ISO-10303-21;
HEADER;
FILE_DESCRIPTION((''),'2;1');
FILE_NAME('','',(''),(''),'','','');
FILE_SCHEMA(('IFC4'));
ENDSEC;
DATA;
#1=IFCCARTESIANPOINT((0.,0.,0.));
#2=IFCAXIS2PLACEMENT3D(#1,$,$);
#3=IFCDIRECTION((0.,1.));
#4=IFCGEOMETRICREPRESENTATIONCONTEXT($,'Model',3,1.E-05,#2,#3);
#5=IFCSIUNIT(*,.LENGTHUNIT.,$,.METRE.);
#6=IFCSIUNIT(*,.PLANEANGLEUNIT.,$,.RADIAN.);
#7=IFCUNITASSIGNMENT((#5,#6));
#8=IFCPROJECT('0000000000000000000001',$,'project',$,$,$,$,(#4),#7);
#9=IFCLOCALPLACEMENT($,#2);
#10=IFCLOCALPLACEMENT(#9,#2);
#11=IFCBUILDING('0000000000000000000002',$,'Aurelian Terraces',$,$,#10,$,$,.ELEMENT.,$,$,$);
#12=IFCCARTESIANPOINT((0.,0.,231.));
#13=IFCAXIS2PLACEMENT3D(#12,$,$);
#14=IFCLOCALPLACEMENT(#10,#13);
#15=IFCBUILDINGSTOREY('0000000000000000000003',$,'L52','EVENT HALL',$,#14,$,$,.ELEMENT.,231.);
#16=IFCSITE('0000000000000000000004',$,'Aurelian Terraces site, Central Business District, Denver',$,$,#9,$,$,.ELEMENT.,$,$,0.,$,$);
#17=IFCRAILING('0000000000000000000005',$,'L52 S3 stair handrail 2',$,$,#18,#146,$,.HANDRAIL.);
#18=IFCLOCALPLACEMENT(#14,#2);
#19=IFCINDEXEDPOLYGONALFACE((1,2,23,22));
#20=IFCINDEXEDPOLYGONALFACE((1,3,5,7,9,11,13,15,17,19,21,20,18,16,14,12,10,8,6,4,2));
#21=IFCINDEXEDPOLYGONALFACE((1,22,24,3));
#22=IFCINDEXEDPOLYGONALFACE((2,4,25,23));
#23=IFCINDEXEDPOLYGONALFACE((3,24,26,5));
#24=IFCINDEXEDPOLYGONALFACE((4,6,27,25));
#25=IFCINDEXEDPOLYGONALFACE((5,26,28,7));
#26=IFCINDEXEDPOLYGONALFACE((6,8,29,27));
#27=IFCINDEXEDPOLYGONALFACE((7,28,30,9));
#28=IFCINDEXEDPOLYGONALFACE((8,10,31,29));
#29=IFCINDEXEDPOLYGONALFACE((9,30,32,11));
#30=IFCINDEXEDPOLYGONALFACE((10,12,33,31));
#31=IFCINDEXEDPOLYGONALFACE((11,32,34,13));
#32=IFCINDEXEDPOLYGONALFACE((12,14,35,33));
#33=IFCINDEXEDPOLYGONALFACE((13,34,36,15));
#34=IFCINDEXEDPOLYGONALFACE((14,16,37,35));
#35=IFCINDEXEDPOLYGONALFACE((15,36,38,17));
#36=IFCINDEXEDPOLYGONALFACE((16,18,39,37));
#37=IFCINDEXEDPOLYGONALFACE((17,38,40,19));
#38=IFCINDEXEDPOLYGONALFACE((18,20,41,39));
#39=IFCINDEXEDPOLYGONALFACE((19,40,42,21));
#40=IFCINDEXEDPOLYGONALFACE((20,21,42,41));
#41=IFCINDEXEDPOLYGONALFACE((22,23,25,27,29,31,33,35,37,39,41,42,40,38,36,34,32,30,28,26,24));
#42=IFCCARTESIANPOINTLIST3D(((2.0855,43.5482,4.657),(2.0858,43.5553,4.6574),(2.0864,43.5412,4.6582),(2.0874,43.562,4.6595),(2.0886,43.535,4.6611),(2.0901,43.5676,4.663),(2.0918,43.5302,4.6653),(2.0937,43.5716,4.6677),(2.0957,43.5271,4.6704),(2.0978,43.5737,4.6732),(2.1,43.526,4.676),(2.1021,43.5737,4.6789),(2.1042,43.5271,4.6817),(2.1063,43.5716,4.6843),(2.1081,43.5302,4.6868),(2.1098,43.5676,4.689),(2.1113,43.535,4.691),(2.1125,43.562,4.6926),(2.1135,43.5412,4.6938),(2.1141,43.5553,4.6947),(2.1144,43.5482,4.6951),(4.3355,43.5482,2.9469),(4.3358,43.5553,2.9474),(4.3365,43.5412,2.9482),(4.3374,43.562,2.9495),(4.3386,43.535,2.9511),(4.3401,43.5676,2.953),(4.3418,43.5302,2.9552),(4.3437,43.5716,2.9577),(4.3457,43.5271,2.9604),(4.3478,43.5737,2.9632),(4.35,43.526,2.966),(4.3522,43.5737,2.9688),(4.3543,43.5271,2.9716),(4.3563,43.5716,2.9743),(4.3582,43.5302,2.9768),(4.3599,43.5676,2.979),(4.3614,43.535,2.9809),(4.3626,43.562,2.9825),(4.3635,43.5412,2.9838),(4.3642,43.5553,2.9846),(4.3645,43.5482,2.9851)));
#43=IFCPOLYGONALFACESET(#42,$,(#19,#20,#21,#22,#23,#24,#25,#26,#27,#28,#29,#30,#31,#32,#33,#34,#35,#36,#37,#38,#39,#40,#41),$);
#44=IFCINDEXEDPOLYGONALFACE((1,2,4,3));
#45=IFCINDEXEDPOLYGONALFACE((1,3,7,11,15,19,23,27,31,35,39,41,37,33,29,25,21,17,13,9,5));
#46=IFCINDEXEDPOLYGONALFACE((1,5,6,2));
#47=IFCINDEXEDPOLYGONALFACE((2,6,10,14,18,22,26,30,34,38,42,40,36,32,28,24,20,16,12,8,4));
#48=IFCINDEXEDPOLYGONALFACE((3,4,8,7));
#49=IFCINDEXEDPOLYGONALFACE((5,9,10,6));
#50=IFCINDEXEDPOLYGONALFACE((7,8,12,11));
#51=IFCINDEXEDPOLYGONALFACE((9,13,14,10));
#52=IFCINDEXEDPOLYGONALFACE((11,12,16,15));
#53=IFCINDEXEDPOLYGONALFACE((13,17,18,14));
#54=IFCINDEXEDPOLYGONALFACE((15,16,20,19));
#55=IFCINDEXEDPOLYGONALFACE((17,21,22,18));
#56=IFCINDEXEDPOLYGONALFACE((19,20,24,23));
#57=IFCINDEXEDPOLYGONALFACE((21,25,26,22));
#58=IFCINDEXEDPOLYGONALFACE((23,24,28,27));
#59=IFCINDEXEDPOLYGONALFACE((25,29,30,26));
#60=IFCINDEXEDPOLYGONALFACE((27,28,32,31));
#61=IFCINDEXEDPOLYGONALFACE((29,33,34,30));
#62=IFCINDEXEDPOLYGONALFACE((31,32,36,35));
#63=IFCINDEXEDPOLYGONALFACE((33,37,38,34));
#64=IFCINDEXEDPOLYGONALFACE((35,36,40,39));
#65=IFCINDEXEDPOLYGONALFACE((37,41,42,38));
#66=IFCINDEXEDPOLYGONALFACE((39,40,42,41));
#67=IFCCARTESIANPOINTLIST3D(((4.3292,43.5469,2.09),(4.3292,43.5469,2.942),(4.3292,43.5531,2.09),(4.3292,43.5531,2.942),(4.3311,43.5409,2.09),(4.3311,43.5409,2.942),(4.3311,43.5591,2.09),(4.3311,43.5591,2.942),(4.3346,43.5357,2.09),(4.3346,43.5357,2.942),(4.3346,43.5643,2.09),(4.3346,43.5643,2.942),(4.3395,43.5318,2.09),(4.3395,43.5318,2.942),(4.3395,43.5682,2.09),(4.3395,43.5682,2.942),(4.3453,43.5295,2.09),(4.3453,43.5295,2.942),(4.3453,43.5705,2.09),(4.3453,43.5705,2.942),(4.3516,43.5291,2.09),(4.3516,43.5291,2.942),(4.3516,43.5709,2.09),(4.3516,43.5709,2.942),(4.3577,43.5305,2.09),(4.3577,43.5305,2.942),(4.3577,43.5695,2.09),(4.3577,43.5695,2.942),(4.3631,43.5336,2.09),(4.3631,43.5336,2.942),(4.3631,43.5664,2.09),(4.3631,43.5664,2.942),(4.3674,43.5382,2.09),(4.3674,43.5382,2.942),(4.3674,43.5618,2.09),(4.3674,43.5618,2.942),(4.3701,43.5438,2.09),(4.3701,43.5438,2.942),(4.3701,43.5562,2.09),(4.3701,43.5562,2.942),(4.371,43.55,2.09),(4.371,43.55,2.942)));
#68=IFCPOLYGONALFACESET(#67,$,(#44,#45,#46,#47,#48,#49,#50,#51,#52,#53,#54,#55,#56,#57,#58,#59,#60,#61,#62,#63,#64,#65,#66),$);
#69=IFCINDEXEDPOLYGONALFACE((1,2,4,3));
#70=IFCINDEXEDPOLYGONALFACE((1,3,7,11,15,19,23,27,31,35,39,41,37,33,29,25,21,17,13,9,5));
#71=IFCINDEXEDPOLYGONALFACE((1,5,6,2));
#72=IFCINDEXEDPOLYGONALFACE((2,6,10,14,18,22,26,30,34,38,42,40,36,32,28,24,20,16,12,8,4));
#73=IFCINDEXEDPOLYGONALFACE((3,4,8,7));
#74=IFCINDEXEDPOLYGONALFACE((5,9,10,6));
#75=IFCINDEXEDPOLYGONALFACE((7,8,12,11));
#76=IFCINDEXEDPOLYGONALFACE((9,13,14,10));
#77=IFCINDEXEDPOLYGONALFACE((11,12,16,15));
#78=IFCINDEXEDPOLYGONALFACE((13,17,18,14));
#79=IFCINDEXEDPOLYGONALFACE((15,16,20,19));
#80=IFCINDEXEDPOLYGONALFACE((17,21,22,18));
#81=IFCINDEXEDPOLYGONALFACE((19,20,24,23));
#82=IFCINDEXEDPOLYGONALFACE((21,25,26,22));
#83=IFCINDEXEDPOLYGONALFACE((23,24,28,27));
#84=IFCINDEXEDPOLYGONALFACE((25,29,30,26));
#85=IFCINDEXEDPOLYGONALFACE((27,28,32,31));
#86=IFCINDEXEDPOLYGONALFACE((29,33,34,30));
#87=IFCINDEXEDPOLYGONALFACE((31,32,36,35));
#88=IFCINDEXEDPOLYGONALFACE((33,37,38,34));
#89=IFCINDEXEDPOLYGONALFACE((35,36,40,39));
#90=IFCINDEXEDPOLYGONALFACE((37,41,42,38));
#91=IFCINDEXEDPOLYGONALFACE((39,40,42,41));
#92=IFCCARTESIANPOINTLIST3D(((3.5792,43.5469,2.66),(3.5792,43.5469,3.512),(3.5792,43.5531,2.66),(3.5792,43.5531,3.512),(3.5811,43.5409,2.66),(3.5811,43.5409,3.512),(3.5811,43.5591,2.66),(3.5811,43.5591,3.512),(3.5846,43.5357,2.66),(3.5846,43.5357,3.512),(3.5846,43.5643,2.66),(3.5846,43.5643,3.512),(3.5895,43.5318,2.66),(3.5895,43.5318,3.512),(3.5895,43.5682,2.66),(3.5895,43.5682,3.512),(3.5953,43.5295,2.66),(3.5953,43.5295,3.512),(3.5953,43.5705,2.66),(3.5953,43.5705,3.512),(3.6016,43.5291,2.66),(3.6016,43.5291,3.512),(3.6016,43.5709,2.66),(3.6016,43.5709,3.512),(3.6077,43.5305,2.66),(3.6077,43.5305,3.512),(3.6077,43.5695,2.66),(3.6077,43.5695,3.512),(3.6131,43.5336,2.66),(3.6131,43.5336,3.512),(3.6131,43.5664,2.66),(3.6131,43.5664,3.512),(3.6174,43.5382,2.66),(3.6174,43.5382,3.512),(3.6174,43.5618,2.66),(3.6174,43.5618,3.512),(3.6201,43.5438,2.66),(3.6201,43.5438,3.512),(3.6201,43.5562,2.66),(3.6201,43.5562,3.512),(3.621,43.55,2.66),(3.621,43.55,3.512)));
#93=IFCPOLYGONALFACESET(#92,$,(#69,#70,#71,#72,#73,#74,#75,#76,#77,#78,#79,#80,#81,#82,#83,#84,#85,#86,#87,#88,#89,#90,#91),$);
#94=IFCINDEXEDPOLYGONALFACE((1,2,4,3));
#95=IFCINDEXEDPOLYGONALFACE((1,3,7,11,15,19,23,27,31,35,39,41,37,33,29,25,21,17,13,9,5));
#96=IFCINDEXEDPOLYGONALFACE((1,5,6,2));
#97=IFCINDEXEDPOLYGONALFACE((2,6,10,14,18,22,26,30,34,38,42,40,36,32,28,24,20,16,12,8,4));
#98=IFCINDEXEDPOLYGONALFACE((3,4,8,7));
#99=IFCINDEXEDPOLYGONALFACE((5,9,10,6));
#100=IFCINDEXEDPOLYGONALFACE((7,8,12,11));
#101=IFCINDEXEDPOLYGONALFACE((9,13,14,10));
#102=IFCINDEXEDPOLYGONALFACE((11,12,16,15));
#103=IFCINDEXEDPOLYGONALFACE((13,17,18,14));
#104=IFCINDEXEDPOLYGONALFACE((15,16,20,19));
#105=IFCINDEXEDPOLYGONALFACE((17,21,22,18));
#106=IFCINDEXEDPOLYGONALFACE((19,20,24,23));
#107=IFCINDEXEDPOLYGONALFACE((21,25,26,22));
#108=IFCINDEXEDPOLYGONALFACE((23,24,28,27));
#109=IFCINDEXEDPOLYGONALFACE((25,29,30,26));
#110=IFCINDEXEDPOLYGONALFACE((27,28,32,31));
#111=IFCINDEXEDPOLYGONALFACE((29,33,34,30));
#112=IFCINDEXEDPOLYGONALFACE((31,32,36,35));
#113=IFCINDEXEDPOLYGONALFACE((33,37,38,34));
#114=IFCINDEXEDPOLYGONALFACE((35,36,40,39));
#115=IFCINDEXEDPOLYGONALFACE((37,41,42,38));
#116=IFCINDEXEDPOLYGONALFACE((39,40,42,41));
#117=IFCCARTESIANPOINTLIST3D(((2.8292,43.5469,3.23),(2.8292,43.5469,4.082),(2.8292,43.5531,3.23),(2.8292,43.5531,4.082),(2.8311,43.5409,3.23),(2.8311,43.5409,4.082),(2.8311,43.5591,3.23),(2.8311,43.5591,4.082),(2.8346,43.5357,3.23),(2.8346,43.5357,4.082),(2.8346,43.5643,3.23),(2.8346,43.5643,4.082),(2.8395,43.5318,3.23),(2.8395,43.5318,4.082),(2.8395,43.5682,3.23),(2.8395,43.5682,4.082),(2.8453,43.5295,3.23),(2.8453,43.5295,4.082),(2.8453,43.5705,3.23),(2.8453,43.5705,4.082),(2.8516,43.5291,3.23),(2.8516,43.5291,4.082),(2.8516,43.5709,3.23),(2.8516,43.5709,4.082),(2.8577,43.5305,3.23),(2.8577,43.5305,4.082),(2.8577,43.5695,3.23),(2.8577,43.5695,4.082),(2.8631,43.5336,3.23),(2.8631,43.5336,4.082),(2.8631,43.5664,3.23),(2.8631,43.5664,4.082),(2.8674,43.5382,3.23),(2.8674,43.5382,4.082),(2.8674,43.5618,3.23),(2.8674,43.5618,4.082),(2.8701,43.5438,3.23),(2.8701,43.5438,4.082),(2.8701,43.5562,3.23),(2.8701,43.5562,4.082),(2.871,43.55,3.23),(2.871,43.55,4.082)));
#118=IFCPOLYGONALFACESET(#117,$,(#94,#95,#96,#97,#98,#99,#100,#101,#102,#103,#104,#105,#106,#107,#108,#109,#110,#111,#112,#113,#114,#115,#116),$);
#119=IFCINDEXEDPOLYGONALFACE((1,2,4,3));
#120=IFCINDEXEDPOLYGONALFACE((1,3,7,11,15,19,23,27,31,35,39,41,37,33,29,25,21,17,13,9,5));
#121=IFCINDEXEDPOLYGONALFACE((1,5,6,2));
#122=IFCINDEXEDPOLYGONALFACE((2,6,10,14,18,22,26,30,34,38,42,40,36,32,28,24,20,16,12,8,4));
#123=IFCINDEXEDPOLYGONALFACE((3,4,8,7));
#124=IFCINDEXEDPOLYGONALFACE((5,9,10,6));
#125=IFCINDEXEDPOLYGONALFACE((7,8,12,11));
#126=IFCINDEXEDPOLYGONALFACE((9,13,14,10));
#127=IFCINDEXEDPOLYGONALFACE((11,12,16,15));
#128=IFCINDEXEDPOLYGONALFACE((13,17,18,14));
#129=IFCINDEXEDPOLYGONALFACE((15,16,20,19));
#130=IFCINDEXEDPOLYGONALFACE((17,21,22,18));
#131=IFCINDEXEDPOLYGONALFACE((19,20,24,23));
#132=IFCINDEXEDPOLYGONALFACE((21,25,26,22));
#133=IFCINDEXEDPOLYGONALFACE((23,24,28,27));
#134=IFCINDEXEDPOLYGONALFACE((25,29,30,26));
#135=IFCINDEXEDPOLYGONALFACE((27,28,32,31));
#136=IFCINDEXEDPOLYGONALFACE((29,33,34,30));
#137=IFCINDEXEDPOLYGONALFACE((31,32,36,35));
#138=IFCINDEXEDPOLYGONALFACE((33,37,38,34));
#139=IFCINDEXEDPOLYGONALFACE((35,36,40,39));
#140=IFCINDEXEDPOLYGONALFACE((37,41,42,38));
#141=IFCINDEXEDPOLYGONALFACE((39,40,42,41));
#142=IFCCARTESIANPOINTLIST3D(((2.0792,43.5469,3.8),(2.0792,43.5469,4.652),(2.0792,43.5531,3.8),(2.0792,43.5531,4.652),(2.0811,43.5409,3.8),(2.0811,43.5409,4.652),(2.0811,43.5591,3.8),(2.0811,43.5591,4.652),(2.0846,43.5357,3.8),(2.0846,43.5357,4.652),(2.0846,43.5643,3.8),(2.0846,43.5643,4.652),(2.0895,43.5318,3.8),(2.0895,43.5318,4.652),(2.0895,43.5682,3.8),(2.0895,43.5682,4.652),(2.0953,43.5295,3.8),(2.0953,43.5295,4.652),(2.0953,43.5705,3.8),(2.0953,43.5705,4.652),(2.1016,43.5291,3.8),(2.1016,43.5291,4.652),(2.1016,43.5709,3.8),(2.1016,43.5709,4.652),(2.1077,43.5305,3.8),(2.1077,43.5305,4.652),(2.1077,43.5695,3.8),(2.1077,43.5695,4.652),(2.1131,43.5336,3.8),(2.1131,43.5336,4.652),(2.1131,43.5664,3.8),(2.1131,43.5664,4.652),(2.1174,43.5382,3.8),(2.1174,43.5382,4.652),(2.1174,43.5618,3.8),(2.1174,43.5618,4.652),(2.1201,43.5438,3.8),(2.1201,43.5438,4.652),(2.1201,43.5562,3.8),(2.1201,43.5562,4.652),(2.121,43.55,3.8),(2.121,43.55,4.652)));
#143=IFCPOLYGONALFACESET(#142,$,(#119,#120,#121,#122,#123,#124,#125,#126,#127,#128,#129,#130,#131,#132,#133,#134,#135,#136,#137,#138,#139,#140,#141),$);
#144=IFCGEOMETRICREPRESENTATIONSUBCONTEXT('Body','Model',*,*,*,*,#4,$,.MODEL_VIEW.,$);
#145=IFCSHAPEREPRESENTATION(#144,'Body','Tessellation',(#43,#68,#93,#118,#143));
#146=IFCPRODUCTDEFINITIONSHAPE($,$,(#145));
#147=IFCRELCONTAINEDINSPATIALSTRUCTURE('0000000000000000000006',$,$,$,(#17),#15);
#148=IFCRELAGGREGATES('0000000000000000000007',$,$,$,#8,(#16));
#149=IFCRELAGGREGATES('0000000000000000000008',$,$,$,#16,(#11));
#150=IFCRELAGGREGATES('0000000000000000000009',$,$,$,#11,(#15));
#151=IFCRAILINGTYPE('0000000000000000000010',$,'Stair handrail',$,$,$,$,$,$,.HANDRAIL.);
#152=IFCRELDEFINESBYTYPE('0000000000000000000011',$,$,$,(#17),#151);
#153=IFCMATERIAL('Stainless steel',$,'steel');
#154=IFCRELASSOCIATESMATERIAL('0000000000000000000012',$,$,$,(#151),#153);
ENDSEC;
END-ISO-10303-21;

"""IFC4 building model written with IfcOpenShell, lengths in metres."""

from ifc_helpers import new_model, si_unit, direction, frame, origin, origin_2d, place, context, subcontext, project, spatial, circle, extrude, source, transform, mapped, material, type_object, element, save


model = new_model("IFC4")

# Units and contexts
model_context = context("Model", 3, precision=1e-05, world=origin(), true_north=direction((0.0, 1.0)))
body_context = subcontext(model_context, "Body", "Model", "MODEL_VIEW")
ifc_project = project(units=[si_unit("LENGTHUNIT", "METRE"), si_unit("PLANEANGLEUNIT", "RADIAN")], contexts=[model_context])

# Site, building, storey
site_placement = place(None, origin())
site = spatial("IfcSite", under=ifc_project, at=site_placement, Name="Aurelian Terraces site, Central Business District, Denver", CompositionType="ELEMENT", RefElevation=0.0)
building_placement = place(site_placement, origin())
building = spatial("IfcBuilding", under=site, at=building_placement, Name="Aurelian Terraces", CompositionType="ELEMENT")
storey_placement = place(building_placement, frame((0.0, 0.0, 231.0)))
storey = spatial("IfcBuildingStorey", under=building, at=storey_placement, Name="L52", Description="EVENT HALL", CompositionType="ELEMENT", Elevation=231.0)

# Railing
ifc_material_1 = material(Name="Stainless steel", Category="steel")
railing_type_1 = type_object("IfcRailingType", Name="Stair handrail", PredefinedType="HANDRAIL", material=ifc_material_1)
shared_shape_1 = source(origin(), body_context, "Body", "SweptSolid", [
    extrude(circle(Radius=0.024, at=origin_2d()), frame((0.0, 0.0, 0.876), z_axis=(-0.796162, 0.0, 0.605083), x_axis=(0.0, -1.0, 0.0)), (0.0, 0.0, 1.0), 2.8261),
    extrude(circle(Radius=0.021, at=origin_2d()), origin(), (0.0, 0.0, 1.0), 0.852),
    extrude(circle(Radius=0.021, at=origin_2d()), frame((-0.75, 0.0, 0.57)), (0.0, 0.0, 1.0), 0.852),
    extrude(circle(Radius=0.021, at=origin_2d()), frame((-1.5, 0.0, 1.14)), (0.0, 0.0, 1.0), 0.852),
    extrude(circle(Radius=0.021, at=origin_2d()), frame((-2.25, 0.0, 1.71)), (0.0, 0.0, 1.0), 0.852),
])
railing_1_placement = place(storey_placement, frame((4.35, 43.55, 2.09)))
element("IfcRailing", 1, at=railing_1_placement, inside=storey, type_object=railing_type_1, Name="L52 S3 stair handrail 2", PredefinedType="HANDRAIL", context=body_context, shape_type="MappedRepresentation", body=[
    mapped(shared_shape_1, transform((0.0, 0.0, 0.0), scale=1.0)),
])

save(model, "model.ifc")
